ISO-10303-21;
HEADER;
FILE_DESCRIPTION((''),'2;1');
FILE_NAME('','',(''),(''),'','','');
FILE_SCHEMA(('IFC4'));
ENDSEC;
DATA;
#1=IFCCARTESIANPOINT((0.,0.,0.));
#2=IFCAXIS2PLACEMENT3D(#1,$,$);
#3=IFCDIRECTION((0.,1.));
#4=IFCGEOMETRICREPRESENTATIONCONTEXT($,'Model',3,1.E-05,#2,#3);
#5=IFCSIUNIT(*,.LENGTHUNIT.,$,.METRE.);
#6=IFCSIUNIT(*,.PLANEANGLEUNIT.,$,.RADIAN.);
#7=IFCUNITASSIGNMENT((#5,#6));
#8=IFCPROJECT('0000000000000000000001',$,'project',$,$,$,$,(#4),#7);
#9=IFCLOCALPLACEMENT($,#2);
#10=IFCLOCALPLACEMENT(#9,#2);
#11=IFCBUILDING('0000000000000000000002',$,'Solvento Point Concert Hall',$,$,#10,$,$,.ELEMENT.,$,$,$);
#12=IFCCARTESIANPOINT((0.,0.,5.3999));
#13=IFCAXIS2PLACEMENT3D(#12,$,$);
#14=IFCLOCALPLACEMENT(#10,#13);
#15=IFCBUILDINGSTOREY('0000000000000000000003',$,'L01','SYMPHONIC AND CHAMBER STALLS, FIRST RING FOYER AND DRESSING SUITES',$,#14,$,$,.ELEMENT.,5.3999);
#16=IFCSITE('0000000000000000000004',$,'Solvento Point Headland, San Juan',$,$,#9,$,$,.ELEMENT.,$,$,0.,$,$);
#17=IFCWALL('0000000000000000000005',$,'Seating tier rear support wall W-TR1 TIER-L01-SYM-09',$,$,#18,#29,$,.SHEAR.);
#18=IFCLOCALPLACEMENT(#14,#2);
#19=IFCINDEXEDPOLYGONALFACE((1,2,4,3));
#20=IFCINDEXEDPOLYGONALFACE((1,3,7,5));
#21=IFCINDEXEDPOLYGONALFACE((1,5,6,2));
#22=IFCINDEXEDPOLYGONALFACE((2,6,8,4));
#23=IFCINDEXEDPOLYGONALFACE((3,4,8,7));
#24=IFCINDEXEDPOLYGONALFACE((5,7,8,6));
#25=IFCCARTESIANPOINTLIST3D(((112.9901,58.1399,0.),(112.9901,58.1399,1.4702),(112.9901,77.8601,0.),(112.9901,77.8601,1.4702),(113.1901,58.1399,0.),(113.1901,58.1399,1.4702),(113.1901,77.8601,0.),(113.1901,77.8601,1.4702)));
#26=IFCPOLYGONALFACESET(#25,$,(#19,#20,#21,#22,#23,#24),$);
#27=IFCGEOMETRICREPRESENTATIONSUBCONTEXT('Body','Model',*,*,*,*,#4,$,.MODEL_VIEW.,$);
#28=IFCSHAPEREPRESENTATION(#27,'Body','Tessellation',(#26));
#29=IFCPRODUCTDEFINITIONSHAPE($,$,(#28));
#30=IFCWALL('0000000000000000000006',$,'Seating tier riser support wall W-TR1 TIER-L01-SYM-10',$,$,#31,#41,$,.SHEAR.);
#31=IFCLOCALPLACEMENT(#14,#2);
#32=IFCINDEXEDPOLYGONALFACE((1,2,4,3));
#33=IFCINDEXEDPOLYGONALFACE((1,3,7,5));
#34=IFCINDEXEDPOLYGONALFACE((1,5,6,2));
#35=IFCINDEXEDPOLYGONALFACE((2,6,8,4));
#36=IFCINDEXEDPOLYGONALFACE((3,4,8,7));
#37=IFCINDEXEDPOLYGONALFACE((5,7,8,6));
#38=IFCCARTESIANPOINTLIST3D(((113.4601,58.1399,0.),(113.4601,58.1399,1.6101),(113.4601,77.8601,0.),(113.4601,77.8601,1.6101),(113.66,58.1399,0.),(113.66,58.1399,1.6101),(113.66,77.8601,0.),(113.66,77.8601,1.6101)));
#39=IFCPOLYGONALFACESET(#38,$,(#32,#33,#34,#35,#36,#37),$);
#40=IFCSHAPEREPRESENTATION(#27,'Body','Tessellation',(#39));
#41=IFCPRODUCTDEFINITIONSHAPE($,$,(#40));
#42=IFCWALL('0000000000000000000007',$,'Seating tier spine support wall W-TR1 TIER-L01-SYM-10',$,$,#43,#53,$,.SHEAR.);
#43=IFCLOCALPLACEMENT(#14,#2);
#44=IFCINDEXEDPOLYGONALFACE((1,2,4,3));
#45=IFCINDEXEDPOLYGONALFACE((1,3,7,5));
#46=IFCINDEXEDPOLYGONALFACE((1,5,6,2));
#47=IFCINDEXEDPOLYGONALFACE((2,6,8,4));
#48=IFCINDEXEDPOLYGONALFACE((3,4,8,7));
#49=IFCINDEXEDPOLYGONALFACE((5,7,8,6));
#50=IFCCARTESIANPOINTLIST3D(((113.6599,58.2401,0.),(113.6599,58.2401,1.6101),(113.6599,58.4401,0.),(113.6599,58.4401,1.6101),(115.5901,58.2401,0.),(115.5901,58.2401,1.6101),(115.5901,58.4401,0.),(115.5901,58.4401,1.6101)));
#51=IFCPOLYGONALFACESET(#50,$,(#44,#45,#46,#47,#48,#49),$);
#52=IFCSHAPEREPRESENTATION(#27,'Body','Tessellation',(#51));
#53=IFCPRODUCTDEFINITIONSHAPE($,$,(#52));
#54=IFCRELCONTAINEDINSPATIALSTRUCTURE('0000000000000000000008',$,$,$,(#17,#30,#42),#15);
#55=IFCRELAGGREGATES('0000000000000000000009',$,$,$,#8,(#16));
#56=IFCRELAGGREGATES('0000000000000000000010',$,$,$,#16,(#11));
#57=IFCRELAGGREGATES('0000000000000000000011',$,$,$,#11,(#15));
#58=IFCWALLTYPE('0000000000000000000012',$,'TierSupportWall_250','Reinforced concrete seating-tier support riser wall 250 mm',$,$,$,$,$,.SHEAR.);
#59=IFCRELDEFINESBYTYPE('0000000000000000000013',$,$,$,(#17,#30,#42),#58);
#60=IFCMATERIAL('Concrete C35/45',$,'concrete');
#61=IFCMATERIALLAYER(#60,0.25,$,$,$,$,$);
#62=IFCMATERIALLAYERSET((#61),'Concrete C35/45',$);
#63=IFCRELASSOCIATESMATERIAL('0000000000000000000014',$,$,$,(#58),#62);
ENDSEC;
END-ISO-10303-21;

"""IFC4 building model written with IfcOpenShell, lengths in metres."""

from ifc_helpers import new_model, si_unit, direction, frame, frame_2d, origin, place, context, subcontext, project, spatial, rectangle, extrude, material, layer, layer_set, type_object, element, save


model = new_model("IFC4")

# Units and contexts
model_context = context("Model", 3, precision=1e-05, world=origin(), true_north=direction((0.0, 1.0)))
body_context = subcontext(model_context, "Body", "Model", "MODEL_VIEW")
ifc_project = project(units=[si_unit("LENGTHUNIT", "METRE"), si_unit("PLANEANGLEUNIT", "RADIAN")], contexts=[model_context])

# Site, building, storey
site_placement = place(None, origin())
site = spatial("IfcSite", under=ifc_project, at=site_placement, Name="Solvento Point Headland, San Juan", CompositionType="ELEMENT", RefElevation=0.0)
building_placement = place(site_placement, origin())
building = spatial("IfcBuilding", under=site, at=building_placement, Name="Solvento Point Concert Hall", CompositionType="ELEMENT")
storey_placement = place(building_placement, frame((0.0, 0.0, 5.3999)))
storey = spatial("IfcBuildingStorey", under=building, at=storey_placement, Name="L01", Description="SYMPHONIC AND CHAMBER STALLS, FIRST RING FOYER AND DRESSING SUITES", CompositionType="ELEMENT", Elevation=5.3999)

# Walls
ifc_material_1 = material(Name="Concrete C35/45", Category="concrete")
ifc_layer_1 = layer(ifc_material_1, 0.25)
ifc_layer_set_1 = layer_set([ifc_layer_1], Name="Concrete C35/45")
wall_type_1 = type_object("IfcWallType", Name="TierSupportWall_250", Description="Reinforced concrete seating-tier support riser wall 250 mm", PredefinedType="SHEAR", material=ifc_layer_set_1)
for number, where, z_axis, x_axis, name in (
    (1, (113.0901, 58.1399, 0.0), (0.0, 0.0, 1.0), (0.0, 1.0, 0.0), "Seating tier rear support wall W-TR1 TIER-L01-SYM-09"),
):
    element("IfcWall", number, at=place(storey_placement, frame(where, z_axis=z_axis, x_axis=x_axis)), inside=storey, type_object=wall_type_1, Name=name, PredefinedType="SHEAR", context=body_context, shape_type="SweptSolid", body=[
        extrude(rectangle(XDim=19.7202, YDim=0.2, at=frame_2d((9.8601, 0.0))), origin(), (0.0, 0.0, 1.0), 1.4702),
    ])
wall_1_placement = place(storey_placement, frame((113.5601, 58.1399, 0.0), z_axis=(0.0, 0.0, 1.0), x_axis=(0.0, 1.0, 0.0)))
element("IfcWall", 2, at=wall_1_placement, inside=storey, type_object=wall_type_1, Name="Seating tier riser support wall W-TR1 TIER-L01-SYM-10", PredefinedType="SHEAR", context=body_context, shape_type="SweptSolid", body=[
    extrude(rectangle(XDim=19.7202, YDim=0.2, at=frame_2d((9.8601, 0.0))), origin(), (0.0, 0.0, 1.0), 1.6101),
])
wall_2_placement = place(storey_placement, frame((113.6599, 58.3401, 0.0), z_axis=(0.0, 0.0, 1.0), x_axis=(1.0, 0.0, 0.0)))
element("IfcWall", 3, at=wall_2_placement, inside=storey, type_object=wall_type_1, Name="Seating tier spine support wall W-TR1 TIER-L01-SYM-10", PredefinedType="SHEAR", context=body_context, shape_type="SweptSolid", body=[
    extrude(rectangle(XDim=1.9302, YDim=0.2, at=frame_2d((0.9651, 0.0))), origin(), (0.0, 0.0, 1.0), 1.6101),
])

save(model, "model.ifc")
